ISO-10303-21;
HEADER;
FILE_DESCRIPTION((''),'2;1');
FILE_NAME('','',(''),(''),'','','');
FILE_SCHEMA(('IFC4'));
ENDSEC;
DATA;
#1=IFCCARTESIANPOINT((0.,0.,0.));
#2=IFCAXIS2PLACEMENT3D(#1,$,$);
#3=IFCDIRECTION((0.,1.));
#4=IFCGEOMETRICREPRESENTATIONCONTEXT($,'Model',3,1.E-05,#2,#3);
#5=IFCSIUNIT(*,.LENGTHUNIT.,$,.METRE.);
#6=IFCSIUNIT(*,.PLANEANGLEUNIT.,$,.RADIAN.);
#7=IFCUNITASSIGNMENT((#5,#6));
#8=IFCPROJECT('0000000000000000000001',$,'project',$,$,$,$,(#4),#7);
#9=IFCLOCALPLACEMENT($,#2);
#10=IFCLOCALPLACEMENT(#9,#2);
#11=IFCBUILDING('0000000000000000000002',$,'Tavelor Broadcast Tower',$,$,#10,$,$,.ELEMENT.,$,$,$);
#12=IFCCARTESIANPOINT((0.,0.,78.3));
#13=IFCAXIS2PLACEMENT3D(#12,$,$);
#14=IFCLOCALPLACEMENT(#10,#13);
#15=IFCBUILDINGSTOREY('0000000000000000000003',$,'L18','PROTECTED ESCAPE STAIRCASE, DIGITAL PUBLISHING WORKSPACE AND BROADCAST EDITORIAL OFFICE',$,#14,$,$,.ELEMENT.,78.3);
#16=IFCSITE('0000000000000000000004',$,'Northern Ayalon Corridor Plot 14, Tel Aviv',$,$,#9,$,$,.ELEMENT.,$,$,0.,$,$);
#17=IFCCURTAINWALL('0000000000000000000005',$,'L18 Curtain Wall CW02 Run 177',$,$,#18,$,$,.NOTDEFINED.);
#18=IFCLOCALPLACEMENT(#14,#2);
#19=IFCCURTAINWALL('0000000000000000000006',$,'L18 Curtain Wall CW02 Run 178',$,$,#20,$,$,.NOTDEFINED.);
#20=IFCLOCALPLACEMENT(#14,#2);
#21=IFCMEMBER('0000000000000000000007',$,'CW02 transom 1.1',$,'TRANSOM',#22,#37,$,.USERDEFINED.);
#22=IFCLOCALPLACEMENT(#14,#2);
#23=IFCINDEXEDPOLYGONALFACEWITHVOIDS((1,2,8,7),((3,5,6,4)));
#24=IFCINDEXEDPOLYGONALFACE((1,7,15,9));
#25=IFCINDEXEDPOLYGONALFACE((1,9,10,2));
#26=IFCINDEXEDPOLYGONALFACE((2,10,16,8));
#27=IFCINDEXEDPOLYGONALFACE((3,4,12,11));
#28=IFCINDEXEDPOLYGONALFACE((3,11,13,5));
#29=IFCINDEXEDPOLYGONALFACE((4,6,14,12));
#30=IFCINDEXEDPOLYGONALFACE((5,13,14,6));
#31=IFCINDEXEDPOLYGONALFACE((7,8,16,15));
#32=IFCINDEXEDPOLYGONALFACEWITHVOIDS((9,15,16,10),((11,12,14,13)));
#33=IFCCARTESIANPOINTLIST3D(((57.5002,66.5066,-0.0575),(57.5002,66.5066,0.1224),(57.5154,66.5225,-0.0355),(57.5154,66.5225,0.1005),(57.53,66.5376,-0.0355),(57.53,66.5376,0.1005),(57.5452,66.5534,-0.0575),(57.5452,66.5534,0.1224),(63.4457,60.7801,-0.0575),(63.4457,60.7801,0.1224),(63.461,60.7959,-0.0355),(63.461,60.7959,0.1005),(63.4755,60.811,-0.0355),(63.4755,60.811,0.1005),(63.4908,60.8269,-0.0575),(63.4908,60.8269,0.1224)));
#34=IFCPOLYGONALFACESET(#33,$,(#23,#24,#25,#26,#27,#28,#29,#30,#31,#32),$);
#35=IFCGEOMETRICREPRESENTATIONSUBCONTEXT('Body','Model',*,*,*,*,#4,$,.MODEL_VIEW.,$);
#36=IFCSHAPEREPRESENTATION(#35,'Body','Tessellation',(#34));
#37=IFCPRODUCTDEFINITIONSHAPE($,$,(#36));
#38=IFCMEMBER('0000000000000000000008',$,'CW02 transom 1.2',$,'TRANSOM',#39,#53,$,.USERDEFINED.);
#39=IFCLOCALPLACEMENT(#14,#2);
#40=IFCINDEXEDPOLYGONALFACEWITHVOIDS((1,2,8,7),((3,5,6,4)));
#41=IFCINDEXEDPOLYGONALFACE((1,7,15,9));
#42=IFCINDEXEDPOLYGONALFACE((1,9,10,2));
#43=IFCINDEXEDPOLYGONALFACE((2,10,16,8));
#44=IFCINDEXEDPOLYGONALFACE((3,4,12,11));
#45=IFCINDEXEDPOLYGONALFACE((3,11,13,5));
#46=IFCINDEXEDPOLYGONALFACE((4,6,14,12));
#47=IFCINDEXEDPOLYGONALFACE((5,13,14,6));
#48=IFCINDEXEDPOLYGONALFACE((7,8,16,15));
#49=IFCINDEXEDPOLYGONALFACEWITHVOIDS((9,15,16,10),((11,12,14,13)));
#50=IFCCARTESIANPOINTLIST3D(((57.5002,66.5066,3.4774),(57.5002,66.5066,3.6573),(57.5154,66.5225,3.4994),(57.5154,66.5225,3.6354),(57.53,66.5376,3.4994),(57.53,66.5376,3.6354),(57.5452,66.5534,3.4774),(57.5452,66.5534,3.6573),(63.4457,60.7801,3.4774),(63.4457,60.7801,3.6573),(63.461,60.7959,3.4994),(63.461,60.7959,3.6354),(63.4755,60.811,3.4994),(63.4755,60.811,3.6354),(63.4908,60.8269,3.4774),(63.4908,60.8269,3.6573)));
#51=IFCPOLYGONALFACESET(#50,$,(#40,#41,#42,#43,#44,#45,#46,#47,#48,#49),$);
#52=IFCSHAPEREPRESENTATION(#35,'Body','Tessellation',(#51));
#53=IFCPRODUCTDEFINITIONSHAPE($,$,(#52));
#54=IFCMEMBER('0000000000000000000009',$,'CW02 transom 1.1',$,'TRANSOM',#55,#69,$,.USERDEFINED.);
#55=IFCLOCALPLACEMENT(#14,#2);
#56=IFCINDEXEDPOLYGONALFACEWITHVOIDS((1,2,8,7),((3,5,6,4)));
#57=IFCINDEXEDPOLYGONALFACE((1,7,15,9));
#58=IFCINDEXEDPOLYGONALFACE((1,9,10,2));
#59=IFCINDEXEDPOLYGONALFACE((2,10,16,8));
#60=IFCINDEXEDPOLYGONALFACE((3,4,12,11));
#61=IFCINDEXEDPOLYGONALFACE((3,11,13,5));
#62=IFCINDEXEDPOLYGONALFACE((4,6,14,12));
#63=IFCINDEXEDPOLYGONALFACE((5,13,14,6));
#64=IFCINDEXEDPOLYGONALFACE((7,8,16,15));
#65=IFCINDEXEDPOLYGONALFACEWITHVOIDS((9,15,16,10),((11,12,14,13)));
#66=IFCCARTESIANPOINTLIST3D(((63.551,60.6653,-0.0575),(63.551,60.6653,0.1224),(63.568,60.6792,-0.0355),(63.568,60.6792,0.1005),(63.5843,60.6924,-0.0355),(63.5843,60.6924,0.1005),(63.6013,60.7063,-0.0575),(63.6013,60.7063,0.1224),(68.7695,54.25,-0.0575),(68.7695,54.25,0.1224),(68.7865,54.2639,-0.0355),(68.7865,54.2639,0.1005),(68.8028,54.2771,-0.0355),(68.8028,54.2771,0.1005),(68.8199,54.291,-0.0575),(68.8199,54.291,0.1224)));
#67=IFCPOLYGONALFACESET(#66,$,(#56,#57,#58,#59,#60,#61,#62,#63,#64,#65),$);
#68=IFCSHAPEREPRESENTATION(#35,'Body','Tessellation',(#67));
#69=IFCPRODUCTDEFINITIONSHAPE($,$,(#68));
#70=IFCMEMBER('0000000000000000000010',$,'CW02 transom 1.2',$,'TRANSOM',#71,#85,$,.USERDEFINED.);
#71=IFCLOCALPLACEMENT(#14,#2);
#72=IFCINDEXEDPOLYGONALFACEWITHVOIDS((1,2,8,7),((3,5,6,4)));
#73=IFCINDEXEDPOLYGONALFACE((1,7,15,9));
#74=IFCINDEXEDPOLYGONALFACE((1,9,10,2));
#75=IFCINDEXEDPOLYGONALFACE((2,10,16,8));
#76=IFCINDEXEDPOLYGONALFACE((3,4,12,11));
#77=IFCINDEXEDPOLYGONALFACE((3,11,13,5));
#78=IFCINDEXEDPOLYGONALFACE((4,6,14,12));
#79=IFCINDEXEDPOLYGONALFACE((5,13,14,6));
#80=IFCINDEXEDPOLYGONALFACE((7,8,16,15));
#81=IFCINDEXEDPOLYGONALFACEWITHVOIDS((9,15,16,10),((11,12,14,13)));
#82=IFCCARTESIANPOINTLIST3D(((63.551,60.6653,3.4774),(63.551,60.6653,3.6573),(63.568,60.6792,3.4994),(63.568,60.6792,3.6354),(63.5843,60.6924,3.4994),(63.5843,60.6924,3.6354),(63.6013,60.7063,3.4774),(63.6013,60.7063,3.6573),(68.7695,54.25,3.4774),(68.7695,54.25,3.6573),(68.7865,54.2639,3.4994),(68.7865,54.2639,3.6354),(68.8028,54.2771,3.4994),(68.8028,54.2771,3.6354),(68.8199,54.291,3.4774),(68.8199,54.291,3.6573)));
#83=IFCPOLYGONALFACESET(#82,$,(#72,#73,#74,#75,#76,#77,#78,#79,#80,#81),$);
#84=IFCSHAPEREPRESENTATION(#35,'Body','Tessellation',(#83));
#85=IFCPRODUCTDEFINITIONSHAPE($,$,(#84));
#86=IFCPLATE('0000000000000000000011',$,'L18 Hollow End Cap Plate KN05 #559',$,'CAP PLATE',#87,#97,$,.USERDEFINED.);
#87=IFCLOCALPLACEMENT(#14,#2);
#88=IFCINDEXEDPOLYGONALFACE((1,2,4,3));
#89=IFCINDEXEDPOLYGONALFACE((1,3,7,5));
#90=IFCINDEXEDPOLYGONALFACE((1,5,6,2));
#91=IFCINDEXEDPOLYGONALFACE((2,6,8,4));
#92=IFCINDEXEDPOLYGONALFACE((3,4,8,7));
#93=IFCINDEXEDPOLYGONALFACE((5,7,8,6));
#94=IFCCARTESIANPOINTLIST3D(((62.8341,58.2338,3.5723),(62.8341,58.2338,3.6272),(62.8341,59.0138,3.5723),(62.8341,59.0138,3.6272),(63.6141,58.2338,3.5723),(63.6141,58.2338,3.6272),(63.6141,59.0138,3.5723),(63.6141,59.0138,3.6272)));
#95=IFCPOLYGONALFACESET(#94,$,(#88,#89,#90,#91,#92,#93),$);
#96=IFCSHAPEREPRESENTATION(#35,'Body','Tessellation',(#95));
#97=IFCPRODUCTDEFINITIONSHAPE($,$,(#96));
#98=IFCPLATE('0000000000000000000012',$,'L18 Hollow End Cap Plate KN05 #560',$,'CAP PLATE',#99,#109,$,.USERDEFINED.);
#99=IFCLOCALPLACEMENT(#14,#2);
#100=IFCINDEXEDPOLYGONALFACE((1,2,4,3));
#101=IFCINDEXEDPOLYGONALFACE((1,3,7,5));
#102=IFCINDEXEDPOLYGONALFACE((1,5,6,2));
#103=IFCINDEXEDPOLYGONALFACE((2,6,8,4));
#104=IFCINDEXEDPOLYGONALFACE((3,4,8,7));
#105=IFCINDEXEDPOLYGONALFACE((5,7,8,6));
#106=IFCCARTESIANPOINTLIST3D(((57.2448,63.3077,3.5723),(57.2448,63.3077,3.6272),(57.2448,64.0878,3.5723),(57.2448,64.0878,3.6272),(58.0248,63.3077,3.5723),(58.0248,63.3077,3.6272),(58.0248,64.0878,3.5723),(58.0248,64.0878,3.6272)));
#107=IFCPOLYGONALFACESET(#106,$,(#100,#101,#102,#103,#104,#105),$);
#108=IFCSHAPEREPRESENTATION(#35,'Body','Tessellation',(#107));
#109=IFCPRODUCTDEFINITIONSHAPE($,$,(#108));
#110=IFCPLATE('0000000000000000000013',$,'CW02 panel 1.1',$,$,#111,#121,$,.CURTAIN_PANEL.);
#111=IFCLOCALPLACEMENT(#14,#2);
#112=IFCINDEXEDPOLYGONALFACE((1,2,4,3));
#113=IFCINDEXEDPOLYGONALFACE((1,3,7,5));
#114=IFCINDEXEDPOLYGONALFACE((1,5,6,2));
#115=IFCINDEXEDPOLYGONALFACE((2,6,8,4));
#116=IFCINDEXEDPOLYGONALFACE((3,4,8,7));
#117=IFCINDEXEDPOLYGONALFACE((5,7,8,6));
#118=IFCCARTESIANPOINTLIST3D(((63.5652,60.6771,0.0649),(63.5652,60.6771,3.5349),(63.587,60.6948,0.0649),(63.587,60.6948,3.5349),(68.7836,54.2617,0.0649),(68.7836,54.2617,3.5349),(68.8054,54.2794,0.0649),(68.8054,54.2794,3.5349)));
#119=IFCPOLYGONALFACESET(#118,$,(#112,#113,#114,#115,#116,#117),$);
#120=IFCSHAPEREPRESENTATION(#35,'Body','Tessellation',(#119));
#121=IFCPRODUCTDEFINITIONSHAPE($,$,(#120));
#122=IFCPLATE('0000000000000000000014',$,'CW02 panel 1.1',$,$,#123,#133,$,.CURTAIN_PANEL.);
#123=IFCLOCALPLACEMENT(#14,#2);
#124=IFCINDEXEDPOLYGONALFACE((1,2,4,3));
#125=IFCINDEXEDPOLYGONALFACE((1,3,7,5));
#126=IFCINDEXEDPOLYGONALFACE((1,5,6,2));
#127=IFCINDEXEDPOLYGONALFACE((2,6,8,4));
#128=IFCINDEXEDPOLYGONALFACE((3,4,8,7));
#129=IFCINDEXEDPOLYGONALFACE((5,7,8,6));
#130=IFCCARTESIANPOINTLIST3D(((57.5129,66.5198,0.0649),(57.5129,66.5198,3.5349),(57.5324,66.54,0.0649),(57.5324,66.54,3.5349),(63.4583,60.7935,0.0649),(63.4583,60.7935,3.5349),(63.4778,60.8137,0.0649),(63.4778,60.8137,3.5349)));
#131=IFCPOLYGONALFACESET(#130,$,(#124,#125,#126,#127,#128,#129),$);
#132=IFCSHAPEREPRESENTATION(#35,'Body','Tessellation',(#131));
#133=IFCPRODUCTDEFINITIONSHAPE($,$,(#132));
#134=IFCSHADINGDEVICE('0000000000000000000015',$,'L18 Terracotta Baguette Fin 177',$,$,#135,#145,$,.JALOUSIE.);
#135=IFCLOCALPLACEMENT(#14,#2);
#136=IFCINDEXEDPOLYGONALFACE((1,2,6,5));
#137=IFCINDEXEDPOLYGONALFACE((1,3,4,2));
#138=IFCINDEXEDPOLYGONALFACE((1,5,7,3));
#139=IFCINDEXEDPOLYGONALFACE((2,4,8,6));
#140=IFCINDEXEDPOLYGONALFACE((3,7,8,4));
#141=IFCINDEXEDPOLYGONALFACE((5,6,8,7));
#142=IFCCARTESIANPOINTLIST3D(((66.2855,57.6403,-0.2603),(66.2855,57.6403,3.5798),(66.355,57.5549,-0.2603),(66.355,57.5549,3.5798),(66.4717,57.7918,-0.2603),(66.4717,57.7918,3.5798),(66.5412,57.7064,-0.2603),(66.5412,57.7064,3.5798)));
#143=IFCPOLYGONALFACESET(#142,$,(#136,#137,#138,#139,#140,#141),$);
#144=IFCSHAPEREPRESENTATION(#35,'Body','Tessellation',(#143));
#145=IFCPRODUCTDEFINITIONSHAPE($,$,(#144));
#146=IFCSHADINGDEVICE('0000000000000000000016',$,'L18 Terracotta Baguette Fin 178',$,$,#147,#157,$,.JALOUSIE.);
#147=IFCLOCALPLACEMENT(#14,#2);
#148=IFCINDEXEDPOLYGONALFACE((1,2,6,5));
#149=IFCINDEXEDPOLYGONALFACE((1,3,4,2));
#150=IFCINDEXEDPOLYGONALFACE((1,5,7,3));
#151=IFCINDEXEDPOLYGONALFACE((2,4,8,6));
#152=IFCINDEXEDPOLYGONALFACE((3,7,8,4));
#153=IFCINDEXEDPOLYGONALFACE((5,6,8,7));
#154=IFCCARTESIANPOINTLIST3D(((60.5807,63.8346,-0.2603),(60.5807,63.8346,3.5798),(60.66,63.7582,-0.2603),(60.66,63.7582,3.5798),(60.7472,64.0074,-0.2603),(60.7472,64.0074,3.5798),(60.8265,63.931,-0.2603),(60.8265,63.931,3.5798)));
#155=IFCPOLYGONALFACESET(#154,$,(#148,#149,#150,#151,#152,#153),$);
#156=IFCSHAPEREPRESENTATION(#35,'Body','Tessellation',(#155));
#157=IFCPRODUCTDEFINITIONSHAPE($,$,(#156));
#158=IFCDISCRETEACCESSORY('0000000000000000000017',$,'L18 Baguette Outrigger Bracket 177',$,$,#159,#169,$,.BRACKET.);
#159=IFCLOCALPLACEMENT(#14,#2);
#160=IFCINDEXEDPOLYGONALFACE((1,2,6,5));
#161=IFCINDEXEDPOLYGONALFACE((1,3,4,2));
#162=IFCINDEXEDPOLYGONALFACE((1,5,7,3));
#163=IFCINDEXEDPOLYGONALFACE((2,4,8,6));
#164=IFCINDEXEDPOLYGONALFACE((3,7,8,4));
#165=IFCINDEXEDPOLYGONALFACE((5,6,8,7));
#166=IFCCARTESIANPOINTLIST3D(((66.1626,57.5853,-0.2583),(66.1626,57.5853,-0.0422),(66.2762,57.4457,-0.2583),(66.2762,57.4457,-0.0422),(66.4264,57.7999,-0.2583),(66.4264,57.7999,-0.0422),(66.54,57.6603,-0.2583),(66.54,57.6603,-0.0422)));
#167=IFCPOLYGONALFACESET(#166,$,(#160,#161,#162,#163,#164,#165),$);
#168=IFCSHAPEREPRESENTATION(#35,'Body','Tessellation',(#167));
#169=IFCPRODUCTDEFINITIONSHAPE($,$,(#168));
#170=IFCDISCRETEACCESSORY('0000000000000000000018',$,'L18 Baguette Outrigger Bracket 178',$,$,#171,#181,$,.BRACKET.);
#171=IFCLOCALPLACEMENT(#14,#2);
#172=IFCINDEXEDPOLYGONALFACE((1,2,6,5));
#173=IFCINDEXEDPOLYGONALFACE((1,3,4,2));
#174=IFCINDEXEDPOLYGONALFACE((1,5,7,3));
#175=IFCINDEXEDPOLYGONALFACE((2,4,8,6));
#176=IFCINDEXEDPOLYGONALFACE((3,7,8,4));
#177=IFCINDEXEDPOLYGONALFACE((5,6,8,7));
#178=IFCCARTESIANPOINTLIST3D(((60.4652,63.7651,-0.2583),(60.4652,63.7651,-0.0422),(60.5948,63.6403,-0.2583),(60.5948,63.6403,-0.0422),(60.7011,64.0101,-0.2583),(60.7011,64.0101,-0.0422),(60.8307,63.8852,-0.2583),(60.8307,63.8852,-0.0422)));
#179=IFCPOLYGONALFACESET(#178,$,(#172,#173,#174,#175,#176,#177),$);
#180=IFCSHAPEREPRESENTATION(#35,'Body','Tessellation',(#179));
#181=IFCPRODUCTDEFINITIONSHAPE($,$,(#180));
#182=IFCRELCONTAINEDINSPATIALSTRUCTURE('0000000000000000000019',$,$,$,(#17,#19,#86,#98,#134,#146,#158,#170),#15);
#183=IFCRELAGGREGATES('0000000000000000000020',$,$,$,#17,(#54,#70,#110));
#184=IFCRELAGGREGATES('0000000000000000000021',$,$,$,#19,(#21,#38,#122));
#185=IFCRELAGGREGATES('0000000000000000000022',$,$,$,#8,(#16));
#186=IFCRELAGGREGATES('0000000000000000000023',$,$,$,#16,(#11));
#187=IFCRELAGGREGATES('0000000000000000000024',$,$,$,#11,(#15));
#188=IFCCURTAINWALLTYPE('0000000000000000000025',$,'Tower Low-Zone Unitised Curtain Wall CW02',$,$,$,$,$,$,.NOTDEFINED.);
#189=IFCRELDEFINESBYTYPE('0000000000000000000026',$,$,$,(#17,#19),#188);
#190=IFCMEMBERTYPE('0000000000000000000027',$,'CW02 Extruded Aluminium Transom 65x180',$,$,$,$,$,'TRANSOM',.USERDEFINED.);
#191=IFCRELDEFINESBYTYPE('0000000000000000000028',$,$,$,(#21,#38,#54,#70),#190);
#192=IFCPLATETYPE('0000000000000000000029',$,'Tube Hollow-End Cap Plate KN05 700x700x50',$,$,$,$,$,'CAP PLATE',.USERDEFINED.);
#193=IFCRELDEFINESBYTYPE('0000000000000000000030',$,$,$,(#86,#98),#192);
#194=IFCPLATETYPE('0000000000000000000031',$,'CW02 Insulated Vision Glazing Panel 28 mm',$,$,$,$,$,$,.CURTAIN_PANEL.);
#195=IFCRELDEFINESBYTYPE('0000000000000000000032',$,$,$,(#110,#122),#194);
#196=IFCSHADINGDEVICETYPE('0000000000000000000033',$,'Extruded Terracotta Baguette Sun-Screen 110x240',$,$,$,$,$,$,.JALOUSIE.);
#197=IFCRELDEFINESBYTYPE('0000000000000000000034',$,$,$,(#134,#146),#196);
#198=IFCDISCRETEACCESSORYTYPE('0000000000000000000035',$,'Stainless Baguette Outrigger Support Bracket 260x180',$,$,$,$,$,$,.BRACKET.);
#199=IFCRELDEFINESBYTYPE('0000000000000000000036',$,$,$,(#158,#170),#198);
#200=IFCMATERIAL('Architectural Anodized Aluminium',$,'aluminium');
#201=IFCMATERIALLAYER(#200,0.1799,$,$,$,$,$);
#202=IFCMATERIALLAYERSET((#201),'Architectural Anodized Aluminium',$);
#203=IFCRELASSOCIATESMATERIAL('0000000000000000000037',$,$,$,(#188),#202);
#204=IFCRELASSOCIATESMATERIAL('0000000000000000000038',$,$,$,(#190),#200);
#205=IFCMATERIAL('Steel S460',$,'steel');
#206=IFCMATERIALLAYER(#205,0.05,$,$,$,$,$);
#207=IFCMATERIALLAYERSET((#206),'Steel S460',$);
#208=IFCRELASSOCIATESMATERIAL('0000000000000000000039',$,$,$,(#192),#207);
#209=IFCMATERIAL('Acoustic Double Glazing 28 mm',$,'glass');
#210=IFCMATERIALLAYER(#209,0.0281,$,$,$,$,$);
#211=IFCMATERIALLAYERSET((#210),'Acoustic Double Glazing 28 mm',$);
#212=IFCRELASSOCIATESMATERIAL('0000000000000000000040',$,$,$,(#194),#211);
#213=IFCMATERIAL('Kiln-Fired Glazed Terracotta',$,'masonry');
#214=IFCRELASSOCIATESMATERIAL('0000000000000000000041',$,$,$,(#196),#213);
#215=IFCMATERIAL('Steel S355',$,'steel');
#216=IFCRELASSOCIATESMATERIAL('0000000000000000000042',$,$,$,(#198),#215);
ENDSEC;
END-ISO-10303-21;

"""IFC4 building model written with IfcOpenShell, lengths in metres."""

from ifc_helpers import new_model, si_unit, direction, frame, origin, origin_2d, place, context, subcontext, project, spatial, rectangle, hollow_rectangle, extrude, source, transform, mapped, material, layer, layer_set, material_profile, profile_set, type_object, type_shapes, element, aggregate, save


model = new_model("IFC4")

# Units and contexts
model_context = context("Model", 3, precision=1e-05, world=origin(), true_north=direction((0.0, 1.0)))
body_context = subcontext(model_context, "Body", "Model", "MODEL_VIEW")
ifc_project = project(units=[si_unit("LENGTHUNIT", "METRE"), si_unit("PLANEANGLEUNIT", "RADIAN")], contexts=[model_context])

# Site, building, storey
site_placement = place(None, origin())
site = spatial("IfcSite", under=ifc_project, at=site_placement, Name="Northern Ayalon Corridor Plot 14, Tel Aviv", CompositionType="ELEMENT", RefElevation=0.0)
building_placement = place(site_placement, origin())
building = spatial("IfcBuilding", under=site, at=building_placement, Name="Tavelor Broadcast Tower", CompositionType="ELEMENT")
storey_placement = place(building_placement, frame((0.0, 0.0, 78.3)))
storey = spatial("IfcBuildingStorey", under=building, at=storey_placement, Name="L18", Description="PROTECTED ESCAPE STAIRCASE, DIGITAL PUBLISHING WORKSPACE AND BROADCAST EDITORIAL OFFICE", CompositionType="ELEMENT", Elevation=78.3)

# Shared definitions
ifc_material_1 = material(Name="Steel S460", Category="steel")

# Shared definitions
ifc_material_2 = material(Name="Steel S355", Category="steel")

# Curtain wall
ifc_material_3 = material(Name="Architectural Anodized Aluminium", Category="aluminium")
ifc_layer_1 = layer(ifc_material_3, 0.1799)
ifc_layer_set_1 = layer_set([ifc_layer_1], Name="Architectural Anodized Aluminium")
curtain_wall_type = type_object("IfcCurtainWallType", Name="Tower Low-Zone Unitised Curtain Wall CW02", PredefinedType="NOTDEFINED", material=ifc_layer_set_1)
curtain_wall_1_placement = place(storey_placement, origin())
curtain_wall_1 = element("IfcCurtainWall", 1, at=curtain_wall_1_placement, inside=storey, type_object=curtain_wall_type, Name="L18 Curtain Wall CW02 Run 177", PredefinedType="NOTDEFINED")

# Curtain wall
curtain_wall_2_placement = place(storey_placement, origin())
curtain_wall_2 = element("IfcCurtainWall", 2, at=curtain_wall_2_placement, inside=storey, type_object=curtain_wall_type, Name="L18 Curtain Wall CW02 Run 178", PredefinedType="NOTDEFINED")
ifc_material_profile_1 = material_profile(ifc_material_3, hollow_rectangle(XDim=0.0649, YDim=0.1799, WallThickness=0.022, at=origin_2d()), Name="RHS 65x180x22")
ifc_profile_set_1 = profile_set([ifc_material_profile_1], Name="Architectural Anodized Aluminium")
member_type_1 = type_object("IfcMemberType", Name="CW02 Extruded Aluminium Transom 65x180", ElementType="TRANSOM", PredefinedType="USERDEFINED", material=ifc_profile_set_1)

# Members
shared_shape_1 = source(origin(), body_context, "Body", "SweptSolid", [
    extrude(hollow_rectangle(XDim=0.0649, YDim=0.1799, WallThickness=0.022, at=origin_2d()), origin(), (0.0, 0.0, 1.0), 8.2549),
])
member_1_placement = place(storey_placement, frame((63.4683, 60.8035, 0.0325), z_axis=(-0.720247, 0.693718, 0.0), x_axis=(-0.693718, -0.720247, 0.0)))
member_1 = element("IfcMember", 3, at=member_1_placement, type_object=member_type_1, Name="CW02 transom 1.1", ObjectType="TRANSOM", PredefinedType="USERDEFINED", context=body_context, shape_type="MappedRepresentation", body=[
    mapped(shared_shape_1, transform((0.0, 0.0, 0.0), scale=1.0)),
])
member_2_placement = place(storey_placement, frame((63.4683, 60.8035, 3.5674), z_axis=(-0.720247, 0.693718, 0.0), x_axis=(-0.693718, -0.720247, 0.0)))
member_2 = element("IfcMember", 4, at=member_2_placement, type_object=member_type_1, Name="CW02 transom 1.2", ObjectType="TRANSOM", PredefinedType="USERDEFINED", context=body_context, shape_type="MappedRepresentation", body=[
    mapped(shared_shape_1, transform((0.0, 0.0, 0.0), scale=1.0)),
])
shared_shape_2 = source(origin(), body_context, "Body", "SweptSolid", [
    extrude(hollow_rectangle(XDim=0.0649, YDim=0.1799, WallThickness=0.022, at=origin_2d()), origin(), (0.0, 0.0, 1.0), 8.2698),
])
member_3_placement = place(storey_placement, frame((68.7947, 54.2705, 0.0325), z_axis=(-0.631036, 0.775754, 0.0), x_axis=(-0.775754, -0.631036, 0.0)))
member_3 = element("IfcMember", 5, at=member_3_placement, type_object=member_type_1, Name="CW02 transom 1.1", ObjectType="TRANSOM", PredefinedType="USERDEFINED", context=body_context, shape_type="MappedRepresentation", body=[
    mapped(shared_shape_2, transform((0.0, 0.0, 0.0), scale=1.0)),
])
member_4_placement = place(storey_placement, frame((68.7947, 54.2705, 3.5674), z_axis=(-0.631036, 0.775754, 0.0), x_axis=(-0.775754, -0.631036, 0.0)))
member_4 = element("IfcMember", 6, at=member_4_placement, type_object=member_type_1, Name="CW02 transom 1.2", ObjectType="TRANSOM", PredefinedType="USERDEFINED", context=body_context, shape_type="MappedRepresentation", body=[
    mapped(shared_shape_2, transform((0.0, 0.0, 0.0), scale=1.0)),
])

# Plates
ifc_layer_2 = layer(ifc_material_1, 0.05)
ifc_layer_set_2 = layer_set([ifc_layer_2], Name="Steel S460")
plate_type_1 = type_object("IfcPlateType", Name="Tube Hollow-End Cap Plate KN05 700x700x50", ElementType="CAP PLATE", PredefinedType="USERDEFINED", material=ifc_layer_set_2)
shared_shape_3 = source(origin(), body_context, "Body", "SweptSolid", [
    extrude(rectangle(XDim=0.78, YDim=0.78, at=origin_2d()), origin(), (0.0, 0.0, 1.0), 0.0549),
])
type_shapes(plate_type_1, [shared_shape_3])
for number, where, z_axis, x_axis, name in (
    (7, (63.2241, 58.6238, 3.5723), (0.0, 0.0, 1.0), (1.0, 0.0, 0.0), "L18 Hollow End Cap Plate KN05 #559"),
    (8, (57.6348, 63.6978, 3.5723), (0.0, 0.0, 1.0), (1.0, 0.0, 0.0), "L18 Hollow End Cap Plate KN05 #560"),
):
    element("IfcPlate", number, at=place(storey_placement, frame(where, z_axis=z_axis, x_axis=x_axis)), inside=storey, type_object=plate_type_1, Name=name, ObjectType="CAP PLATE", PredefinedType="USERDEFINED", context=body_context, shape_type="MappedRepresentation", body=[
        mapped(shared_shape_3, transform((0.0, 0.0, 0.0), scale=1.0)),
    ])

# Plates
ifc_material_4 = material(Name="Acoustic Double Glazing 28 mm", Category="glass")
ifc_layer_3 = layer(ifc_material_4, 0.0281)
ifc_layer_set_3 = layer_set([ifc_layer_3], Name="Acoustic Double Glazing 28 mm")
plate_type_2 = type_object("IfcPlateType", Name="CW02 Insulated Vision Glazing Panel 28 mm", PredefinedType="CURTAIN_PANEL", material=ifc_layer_set_3)
shared_shape_4 = source(origin(), body_context, "Body", "SweptSolid", [
    extrude(rectangle(XDim=8.2698, YDim=0.0281, at=origin_2d()), origin(), (0.0, 0.0, 1.0), 3.47),
])
plate_1_placement = place(storey_placement, frame((66.1853, 57.4783, 0.0649), z_axis=(0.0, 0.0, 1.0), x_axis=(-0.631022, 0.775765, 0.0)))
plate_1 = element("IfcPlate", 9, at=plate_1_placement, type_object=plate_type_2, Name="CW02 panel 1.1", PredefinedType="CURTAIN_PANEL", context=body_context, shape_type="MappedRepresentation", body=[
    mapped(shared_shape_4, transform((0.0, 0.0, 0.0), scale=1.0)),
])
aggregate(curtain_wall_1, [member_3, member_4, plate_1])
shared_shape_5 = source(origin(), body_context, "Body", "SweptSolid", [
    extrude(rectangle(XDim=8.2546, YDim=0.0281, at=origin_2d()), origin(), (0.0, 0.0, 1.0), 3.47),
])
type_shapes(plate_type_2, [shared_shape_4, shared_shape_5])
plate_2_placement = place(storey_placement, frame((60.4954, 63.6667, 0.0649), z_axis=(0.0, 0.0, 1.0), x_axis=(-0.72025, 0.693714, 0.0)))
plate_2 = element("IfcPlate", 10, at=plate_2_placement, type_object=plate_type_2, Name="CW02 panel 1.1", PredefinedType="CURTAIN_PANEL", context=body_context, shape_type="MappedRepresentation", body=[
    mapped(shared_shape_5, transform((0.0, 0.0, 0.0), scale=1.0)),
])
aggregate(curtain_wall_2, [member_1, member_2, plate_2])

# Shading devices
ifc_material_5 = material(Name="Kiln-Fired Glazed Terracotta", Category="masonry")
shading_device_type = type_object("IfcShadingDeviceType", Name="Extruded Terracotta Baguette Sun-Screen 110x240", PredefinedType="JALOUSIE", material=ifc_material_5)
shared_shape_6 = source(origin(), body_context, "Body", "SweptSolid", [
    extrude(rectangle(XDim=0.1101, YDim=0.24, at=origin_2d()), origin(), (0.0, 0.0, 1.0), 3.8401),
])
type_shapes(shading_device_type, [shared_shape_6])
for number, where, z_axis, x_axis, name in (
    (11, (66.4133, 57.6733, -0.2603), (0.0, 0.0, 1.0), (-0.631082, 0.775716, 0.0), "L18 Terracotta Baguette Fin 177"),
    (12, (60.7036, 63.8828, -0.2603), (0.0, 0.0, 1.0), (-0.720188, 0.693779, 0.0), "L18 Terracotta Baguette Fin 178"),
):
    element("IfcShadingDevice", number, at=place(storey_placement, frame(where, z_axis=z_axis, x_axis=x_axis)), inside=storey, type_object=shading_device_type, Name=name, PredefinedType="JALOUSIE", context=body_context, shape_type="MappedRepresentation", body=[
        mapped(shared_shape_6, transform((0.0, 0.0, 0.0), scale=1.0)),
    ])

# Discrete accessories
discrete_accessory_type = type_object("IfcDiscreteAccessoryType", Name="Stainless Baguette Outrigger Support Bracket 260x180", PredefinedType="BRACKET", material=ifc_material_2)
shared_shape_7 = source(origin(), body_context, "Body", "SweptSolid", [
    extrude(rectangle(XDim=0.1799, YDim=0.3401, at=origin_2d()), origin(), (0.0, 0.0, 1.0), 0.2161),
])
type_shapes(discrete_accessory_type, [shared_shape_7])
for number, where, z_axis, x_axis, name in (
    (13, (66.3513, 57.6228, -0.2583), (0.0, 0.0, 1.0), (-0.631082, 0.775716, 0.0), "L18 Baguette Outrigger Bracket 177"),
    (14, (60.6479, 63.8252, -0.2583), (0.0, 0.0, 1.0), (-0.720188, 0.693779, 0.0), "L18 Baguette Outrigger Bracket 178"),
):
    element("IfcDiscreteAccessory", number, at=place(storey_placement, frame(where, z_axis=z_axis, x_axis=x_axis)), inside=storey, type_object=discrete_accessory_type, Name=name, PredefinedType="BRACKET", context=body_context, shape_type="MappedRepresentation", body=[
        mapped(shared_shape_7, transform((0.0, 0.0, 0.0), scale=1.0)),
    ])

save(model, "model.ifc")
